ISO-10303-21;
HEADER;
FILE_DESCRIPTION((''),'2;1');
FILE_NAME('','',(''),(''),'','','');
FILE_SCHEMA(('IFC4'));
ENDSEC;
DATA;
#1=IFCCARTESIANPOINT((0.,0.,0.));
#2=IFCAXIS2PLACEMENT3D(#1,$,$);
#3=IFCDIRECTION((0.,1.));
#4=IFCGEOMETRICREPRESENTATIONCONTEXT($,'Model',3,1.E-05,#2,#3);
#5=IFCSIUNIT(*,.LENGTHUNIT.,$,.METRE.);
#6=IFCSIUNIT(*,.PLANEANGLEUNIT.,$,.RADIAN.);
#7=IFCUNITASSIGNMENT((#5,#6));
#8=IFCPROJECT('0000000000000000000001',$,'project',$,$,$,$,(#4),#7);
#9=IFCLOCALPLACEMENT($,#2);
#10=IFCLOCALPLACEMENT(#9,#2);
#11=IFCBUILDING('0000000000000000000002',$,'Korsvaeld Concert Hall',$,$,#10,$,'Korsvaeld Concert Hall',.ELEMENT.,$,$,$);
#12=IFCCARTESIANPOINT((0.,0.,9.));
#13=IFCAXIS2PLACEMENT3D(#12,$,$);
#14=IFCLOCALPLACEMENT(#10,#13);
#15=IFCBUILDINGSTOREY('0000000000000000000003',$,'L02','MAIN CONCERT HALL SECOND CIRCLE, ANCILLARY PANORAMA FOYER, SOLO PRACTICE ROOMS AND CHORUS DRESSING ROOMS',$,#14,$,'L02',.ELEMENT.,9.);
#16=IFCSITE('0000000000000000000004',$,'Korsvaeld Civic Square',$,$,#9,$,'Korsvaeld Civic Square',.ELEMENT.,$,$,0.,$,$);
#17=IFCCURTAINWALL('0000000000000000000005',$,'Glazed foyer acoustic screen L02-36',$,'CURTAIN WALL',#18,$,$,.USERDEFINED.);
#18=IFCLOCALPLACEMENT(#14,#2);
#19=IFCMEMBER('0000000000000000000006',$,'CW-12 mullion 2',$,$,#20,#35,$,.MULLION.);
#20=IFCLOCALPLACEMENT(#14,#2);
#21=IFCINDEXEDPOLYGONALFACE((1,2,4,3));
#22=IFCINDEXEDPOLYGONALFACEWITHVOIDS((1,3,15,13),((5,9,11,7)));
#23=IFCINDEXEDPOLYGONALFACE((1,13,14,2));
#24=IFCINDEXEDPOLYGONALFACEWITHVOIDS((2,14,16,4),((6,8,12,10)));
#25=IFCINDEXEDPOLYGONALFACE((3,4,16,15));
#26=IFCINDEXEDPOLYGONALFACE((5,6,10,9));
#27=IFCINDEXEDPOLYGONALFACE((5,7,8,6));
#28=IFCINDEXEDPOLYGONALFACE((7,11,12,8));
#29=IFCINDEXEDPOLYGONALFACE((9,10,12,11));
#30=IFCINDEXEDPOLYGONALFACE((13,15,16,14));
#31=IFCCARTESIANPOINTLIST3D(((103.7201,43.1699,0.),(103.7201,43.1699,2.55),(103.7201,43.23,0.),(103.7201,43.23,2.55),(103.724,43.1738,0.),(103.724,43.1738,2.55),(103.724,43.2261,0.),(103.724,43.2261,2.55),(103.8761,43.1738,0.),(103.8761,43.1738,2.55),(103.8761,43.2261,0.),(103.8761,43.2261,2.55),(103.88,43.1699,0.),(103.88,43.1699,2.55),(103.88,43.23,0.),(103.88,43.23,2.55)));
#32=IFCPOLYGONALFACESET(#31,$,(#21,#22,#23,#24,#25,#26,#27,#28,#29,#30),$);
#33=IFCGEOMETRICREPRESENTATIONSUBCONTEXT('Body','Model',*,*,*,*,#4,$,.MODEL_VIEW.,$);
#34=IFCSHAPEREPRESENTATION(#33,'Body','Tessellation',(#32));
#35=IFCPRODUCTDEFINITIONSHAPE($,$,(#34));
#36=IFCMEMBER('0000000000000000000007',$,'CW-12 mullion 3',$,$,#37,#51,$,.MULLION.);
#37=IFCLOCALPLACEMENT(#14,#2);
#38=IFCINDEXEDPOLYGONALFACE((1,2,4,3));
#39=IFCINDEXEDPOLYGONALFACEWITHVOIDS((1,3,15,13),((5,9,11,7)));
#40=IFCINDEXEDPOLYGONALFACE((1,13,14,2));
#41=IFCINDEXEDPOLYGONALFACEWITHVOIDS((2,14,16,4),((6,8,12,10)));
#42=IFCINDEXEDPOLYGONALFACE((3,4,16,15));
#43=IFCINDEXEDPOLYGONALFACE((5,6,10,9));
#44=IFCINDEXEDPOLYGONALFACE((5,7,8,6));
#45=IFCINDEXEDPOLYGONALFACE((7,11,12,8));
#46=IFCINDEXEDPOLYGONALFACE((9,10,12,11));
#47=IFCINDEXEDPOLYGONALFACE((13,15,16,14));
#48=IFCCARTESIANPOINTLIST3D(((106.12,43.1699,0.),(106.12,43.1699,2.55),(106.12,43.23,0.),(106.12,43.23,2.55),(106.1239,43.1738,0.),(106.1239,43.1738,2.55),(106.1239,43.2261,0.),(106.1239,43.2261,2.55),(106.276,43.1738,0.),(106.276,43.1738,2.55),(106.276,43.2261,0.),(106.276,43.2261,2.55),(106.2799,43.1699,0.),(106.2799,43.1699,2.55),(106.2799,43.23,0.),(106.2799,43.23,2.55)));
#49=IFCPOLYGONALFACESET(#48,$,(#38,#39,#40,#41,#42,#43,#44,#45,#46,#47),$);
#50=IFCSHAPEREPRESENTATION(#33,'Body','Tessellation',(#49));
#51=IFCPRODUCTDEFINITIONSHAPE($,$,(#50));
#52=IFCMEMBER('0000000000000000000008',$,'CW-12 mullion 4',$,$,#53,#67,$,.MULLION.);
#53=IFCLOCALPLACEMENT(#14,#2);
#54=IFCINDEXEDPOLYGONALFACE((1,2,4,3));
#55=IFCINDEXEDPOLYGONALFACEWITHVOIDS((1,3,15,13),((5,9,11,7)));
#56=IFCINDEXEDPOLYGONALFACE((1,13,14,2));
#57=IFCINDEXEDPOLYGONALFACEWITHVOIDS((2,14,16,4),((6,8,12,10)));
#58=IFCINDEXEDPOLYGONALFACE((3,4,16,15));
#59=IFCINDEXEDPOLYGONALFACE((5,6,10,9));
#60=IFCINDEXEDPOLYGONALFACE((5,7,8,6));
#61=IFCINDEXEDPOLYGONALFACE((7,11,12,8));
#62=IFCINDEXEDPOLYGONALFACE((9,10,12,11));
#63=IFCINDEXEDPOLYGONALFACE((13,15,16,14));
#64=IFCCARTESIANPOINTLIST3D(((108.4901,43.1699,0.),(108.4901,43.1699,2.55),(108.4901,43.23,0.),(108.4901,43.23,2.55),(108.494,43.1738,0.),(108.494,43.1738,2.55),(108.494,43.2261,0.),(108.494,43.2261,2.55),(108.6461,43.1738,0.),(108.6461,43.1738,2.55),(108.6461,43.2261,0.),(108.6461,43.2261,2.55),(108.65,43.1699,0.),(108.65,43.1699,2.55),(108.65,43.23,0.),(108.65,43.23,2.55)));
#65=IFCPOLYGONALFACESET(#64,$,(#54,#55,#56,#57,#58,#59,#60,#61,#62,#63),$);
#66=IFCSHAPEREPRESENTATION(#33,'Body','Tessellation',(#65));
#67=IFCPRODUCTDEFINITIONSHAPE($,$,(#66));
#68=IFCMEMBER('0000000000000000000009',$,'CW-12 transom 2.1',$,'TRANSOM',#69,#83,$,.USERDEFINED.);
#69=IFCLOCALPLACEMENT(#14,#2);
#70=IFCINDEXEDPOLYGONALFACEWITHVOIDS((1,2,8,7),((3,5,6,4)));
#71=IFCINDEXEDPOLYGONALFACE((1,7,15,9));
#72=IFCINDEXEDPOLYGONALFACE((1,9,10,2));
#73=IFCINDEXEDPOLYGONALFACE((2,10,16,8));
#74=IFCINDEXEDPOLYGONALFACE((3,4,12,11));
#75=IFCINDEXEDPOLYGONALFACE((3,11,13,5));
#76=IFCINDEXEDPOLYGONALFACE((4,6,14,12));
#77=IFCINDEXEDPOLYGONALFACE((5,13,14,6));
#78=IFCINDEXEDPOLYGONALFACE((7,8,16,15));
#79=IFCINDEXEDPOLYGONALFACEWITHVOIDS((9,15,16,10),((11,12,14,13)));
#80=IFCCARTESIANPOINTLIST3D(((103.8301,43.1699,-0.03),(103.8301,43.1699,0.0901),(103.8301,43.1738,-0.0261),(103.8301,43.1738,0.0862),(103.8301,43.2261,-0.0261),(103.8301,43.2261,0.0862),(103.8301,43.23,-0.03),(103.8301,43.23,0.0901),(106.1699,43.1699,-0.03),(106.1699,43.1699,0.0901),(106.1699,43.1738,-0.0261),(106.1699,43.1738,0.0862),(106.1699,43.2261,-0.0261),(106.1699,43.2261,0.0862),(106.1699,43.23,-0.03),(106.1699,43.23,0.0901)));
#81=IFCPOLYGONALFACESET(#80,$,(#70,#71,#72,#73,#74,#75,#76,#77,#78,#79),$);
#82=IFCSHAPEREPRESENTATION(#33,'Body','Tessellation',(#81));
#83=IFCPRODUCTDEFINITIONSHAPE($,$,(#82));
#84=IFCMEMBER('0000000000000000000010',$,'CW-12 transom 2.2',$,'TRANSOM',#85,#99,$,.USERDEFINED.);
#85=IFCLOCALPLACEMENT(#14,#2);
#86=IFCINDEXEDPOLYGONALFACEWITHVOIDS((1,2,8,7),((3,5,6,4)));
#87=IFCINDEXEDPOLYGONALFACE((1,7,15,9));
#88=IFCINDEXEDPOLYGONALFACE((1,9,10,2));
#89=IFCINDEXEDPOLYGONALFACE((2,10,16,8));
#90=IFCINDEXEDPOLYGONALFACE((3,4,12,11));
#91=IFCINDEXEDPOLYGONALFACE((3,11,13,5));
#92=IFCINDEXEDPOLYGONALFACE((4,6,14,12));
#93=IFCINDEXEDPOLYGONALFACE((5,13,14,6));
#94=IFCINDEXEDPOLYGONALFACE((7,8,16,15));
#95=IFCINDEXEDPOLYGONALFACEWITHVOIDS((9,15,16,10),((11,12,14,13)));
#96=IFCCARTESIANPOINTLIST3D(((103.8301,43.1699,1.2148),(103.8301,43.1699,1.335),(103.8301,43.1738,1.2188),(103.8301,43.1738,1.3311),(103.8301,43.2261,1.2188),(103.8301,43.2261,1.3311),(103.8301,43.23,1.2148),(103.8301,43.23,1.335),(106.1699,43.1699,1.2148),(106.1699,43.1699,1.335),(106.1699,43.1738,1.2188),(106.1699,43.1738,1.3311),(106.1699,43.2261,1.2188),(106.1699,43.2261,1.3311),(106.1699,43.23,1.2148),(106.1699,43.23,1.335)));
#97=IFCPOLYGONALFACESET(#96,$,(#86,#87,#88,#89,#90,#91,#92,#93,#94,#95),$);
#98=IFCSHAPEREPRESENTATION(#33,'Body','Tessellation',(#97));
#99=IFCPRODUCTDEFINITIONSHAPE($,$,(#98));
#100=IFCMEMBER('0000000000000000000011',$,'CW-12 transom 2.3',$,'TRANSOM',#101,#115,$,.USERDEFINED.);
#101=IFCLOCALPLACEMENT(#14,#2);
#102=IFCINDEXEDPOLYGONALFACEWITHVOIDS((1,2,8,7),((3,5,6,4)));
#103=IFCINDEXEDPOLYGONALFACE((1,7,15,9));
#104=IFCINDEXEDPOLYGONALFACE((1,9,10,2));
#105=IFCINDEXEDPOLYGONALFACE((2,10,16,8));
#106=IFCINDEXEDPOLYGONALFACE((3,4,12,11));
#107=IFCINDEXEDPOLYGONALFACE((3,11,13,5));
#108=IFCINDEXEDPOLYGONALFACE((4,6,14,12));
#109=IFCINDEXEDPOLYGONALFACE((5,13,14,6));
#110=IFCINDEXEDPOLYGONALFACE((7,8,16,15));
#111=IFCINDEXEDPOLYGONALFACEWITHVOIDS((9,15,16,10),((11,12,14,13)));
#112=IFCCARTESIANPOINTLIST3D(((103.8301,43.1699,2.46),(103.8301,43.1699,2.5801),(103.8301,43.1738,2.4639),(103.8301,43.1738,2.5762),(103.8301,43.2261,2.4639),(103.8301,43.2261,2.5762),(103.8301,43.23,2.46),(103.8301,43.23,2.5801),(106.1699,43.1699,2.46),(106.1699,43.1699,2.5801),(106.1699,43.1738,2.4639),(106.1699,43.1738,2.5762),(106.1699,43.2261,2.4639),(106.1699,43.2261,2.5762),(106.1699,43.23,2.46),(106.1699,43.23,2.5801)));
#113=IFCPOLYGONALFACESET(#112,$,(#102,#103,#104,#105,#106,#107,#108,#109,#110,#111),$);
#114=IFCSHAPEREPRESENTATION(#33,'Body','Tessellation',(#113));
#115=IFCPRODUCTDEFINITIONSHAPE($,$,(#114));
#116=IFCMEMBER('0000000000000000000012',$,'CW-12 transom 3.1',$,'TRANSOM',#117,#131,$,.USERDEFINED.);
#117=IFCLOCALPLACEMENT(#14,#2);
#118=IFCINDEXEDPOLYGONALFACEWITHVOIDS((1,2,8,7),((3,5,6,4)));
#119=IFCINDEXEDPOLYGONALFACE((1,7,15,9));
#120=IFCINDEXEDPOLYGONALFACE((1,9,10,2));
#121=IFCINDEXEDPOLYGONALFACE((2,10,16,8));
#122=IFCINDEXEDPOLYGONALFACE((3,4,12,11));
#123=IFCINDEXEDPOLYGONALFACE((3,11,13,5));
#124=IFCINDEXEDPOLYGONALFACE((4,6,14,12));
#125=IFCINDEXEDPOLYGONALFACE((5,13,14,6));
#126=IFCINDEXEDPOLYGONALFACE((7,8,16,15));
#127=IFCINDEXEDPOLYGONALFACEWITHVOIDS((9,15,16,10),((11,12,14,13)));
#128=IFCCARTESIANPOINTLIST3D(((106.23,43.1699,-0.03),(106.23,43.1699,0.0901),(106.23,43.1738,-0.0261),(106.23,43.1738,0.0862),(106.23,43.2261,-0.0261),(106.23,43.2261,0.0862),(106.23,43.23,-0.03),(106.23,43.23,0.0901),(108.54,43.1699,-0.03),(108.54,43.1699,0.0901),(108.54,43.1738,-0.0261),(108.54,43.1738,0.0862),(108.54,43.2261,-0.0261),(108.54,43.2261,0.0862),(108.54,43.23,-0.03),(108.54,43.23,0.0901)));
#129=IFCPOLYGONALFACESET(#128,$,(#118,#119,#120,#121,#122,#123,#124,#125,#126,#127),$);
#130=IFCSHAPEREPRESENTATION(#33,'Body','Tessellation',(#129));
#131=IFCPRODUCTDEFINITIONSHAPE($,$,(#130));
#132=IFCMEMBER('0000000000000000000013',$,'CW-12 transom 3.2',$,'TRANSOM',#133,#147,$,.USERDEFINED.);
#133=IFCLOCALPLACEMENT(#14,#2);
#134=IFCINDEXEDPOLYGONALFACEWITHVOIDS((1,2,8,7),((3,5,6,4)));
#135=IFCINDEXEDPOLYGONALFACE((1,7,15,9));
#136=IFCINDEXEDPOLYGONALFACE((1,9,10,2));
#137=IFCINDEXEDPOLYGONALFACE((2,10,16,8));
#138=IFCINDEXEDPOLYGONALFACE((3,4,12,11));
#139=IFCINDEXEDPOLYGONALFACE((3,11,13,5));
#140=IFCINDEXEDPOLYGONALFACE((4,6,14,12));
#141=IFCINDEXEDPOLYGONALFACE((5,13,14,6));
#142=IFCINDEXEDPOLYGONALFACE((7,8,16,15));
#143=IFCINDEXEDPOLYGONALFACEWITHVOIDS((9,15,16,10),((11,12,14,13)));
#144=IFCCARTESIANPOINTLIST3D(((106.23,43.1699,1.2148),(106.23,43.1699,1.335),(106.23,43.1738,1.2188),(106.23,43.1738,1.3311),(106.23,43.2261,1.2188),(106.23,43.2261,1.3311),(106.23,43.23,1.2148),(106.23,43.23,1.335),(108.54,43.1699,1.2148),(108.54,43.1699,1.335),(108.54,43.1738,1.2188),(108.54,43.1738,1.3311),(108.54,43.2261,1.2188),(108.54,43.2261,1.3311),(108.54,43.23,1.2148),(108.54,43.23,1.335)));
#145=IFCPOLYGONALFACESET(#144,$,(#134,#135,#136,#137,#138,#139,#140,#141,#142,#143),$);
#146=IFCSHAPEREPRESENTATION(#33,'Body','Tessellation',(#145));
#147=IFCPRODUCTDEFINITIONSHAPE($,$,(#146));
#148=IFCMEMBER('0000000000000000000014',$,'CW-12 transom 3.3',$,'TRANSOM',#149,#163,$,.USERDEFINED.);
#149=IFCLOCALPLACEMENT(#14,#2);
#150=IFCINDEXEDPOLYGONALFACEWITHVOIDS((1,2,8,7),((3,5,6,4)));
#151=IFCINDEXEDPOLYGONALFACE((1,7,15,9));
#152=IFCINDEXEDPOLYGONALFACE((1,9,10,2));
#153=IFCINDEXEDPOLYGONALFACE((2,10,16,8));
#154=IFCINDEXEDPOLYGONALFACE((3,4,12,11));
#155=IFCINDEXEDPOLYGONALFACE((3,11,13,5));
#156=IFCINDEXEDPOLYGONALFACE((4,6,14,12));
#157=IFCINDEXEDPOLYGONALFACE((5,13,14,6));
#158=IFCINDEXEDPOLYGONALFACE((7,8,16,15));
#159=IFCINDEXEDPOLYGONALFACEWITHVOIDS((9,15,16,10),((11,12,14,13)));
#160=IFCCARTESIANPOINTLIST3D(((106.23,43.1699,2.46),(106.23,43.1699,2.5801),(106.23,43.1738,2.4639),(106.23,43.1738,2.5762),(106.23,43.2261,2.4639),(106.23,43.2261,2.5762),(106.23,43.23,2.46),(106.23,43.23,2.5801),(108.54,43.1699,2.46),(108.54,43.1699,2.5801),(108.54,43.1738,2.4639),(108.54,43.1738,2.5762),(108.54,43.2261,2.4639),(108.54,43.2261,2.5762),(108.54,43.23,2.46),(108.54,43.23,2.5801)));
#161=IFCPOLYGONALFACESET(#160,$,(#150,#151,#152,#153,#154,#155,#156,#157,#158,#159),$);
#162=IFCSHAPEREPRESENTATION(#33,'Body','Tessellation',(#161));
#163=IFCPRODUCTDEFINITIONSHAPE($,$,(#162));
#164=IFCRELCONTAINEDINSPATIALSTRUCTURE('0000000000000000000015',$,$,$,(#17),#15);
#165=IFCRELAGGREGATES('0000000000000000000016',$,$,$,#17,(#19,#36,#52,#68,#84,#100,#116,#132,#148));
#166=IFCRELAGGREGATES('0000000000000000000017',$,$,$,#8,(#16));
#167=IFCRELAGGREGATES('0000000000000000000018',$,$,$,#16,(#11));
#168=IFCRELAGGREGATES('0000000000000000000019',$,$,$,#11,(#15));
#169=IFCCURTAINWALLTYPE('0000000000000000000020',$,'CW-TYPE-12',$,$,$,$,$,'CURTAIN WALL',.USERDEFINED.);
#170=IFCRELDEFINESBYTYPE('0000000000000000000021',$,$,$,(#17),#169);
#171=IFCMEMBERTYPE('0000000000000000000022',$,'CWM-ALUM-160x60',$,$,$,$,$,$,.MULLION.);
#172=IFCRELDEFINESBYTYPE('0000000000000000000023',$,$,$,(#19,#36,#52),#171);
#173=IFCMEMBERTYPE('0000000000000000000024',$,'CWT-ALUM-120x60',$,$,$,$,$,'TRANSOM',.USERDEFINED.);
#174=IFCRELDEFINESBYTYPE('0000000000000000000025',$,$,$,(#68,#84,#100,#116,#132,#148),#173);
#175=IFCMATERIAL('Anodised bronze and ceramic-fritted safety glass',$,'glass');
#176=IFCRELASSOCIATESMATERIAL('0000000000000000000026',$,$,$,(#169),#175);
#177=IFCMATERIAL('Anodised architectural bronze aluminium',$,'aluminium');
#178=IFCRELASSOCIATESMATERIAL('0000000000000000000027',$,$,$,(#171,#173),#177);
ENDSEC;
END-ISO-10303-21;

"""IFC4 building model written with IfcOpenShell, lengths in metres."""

from ifc_helpers import new_model, si_unit, direction, frame, origin, origin_2d, place, context, subcontext, project, spatial, hollow_rectangle, extrude, material, material_profile, profile_set, type_object, element, aggregate, save


model = new_model("IFC4")

# Units and contexts
model_context = context("Model", 3, precision=1e-05, world=origin(), true_north=direction((0.0, 1.0)))
body_context = subcontext(model_context, "Body", "Model", "MODEL_VIEW")
ifc_project = project(units=[si_unit("LENGTHUNIT", "METRE"), si_unit("PLANEANGLEUNIT", "RADIAN")], contexts=[model_context])

# Site, building, storey
site_placement = place(None, origin())
site = spatial("IfcSite", under=ifc_project, at=site_placement, Name="Korsvaeld Civic Square", LongName="Korsvaeld Civic Square", CompositionType="ELEMENT", RefElevation=0.0)
building_placement = place(site_placement, origin())
building = spatial("IfcBuilding", under=site, at=building_placement, Name="Korsvaeld Concert Hall", LongName="Korsvaeld Concert Hall", CompositionType="ELEMENT")
storey_placement = place(building_placement, frame((0.0, 0.0, 9.0)))
storey = spatial("IfcBuildingStorey", under=building, at=storey_placement, Name="L02", Description="MAIN CONCERT HALL SECOND CIRCLE, ANCILLARY PANORAMA FOYER, SOLO PRACTICE ROOMS AND CHORUS DRESSING ROOMS", LongName="L02", CompositionType="ELEMENT", Elevation=9.0)

# Curtain wall, members
ifc_material_1 = material(Name="Anodised bronze and ceramic-fritted safety glass", Category="glass")
curtain_wall_type = type_object("IfcCurtainWallType", Name="CW-TYPE-12", ElementType="CURTAIN WALL", PredefinedType="USERDEFINED", material=ifc_material_1)
curtain_wall_placement = place(storey_placement, origin())
curtain_wall = element("IfcCurtainWall", 1, at=curtain_wall_placement, inside=storey, type_object=curtain_wall_type, Name="Glazed foyer acoustic screen L02-36", ObjectType="CURTAIN WALL", PredefinedType="USERDEFINED")
ifc_material_2 = material(Name="Anodised architectural bronze aluminium", Category="aluminium")
ifc_material_profile_1 = material_profile(ifc_material_2, hollow_rectangle(XDim=0.0601, YDim=0.1599, WallThickness=0.0039, at=origin_2d()), Name="CWM 160x60x4")
ifc_profile_set_1 = profile_set([ifc_material_profile_1], Name="Anodised architectural bronze aluminium")
member_type_1 = type_object("IfcMemberType", Name="CWM-ALUM-160x60", PredefinedType="MULLION", material=ifc_profile_set_1)
member_1_placement = place(storey_placement, frame((103.8, 43.2, 0.0), z_axis=(0.0, 0.0, 1.0), x_axis=(0.0, 1.0, 0.0)))
member_1 = element("IfcMember", 2, at=member_1_placement, type_object=member_type_1, Name="CW-12 mullion 2", PredefinedType="MULLION", context=body_context, shape_type="SweptSolid", body=[
    extrude(hollow_rectangle(XDim=0.0601, YDim=0.1599, WallThickness=0.0039, at=origin_2d()), origin(), (0.0, 0.0, 1.0), 2.55),
])
member_2_placement = place(storey_placement, frame((106.2, 43.2, 0.0), z_axis=(0.0, 0.0, 1.0), x_axis=(0.0, 1.0, 0.0)))
member_2 = element("IfcMember", 3, at=member_2_placement, type_object=member_type_1, Name="CW-12 mullion 3", PredefinedType="MULLION", context=body_context, shape_type="SweptSolid", body=[
    extrude(hollow_rectangle(XDim=0.0601, YDim=0.1599, WallThickness=0.0039, at=origin_2d()), origin(), (0.0, 0.0, 1.0), 2.55),
])
member_3_placement = place(storey_placement, frame((108.5701, 43.2, 0.0), z_axis=(0.0, 0.0, 1.0), x_axis=(0.0, 1.0, 0.0)))
member_3 = element("IfcMember", 4, at=member_3_placement, type_object=member_type_1, Name="CW-12 mullion 4", PredefinedType="MULLION", context=body_context, shape_type="SweptSolid", body=[
    extrude(hollow_rectangle(XDim=0.0601, YDim=0.1599, WallThickness=0.0039, at=origin_2d()), origin(), (0.0, 0.0, 1.0), 2.55),
])
ifc_material_profile_2 = material_profile(ifc_material_2, hollow_rectangle(XDim=0.0601, YDim=0.1201, WallThickness=0.0039, at=origin_2d()), Name="CWT 120x60x4")
ifc_profile_set_2 = profile_set([ifc_material_profile_2], Name="Anodised architectural bronze aluminium")
member_type_2 = type_object("IfcMemberType", Name="CWT-ALUM-120x60", ElementType="TRANSOM", PredefinedType="USERDEFINED", material=ifc_profile_set_2)
member_4_placement = place(storey_placement, frame((103.8301, 43.2, 0.03), z_axis=(1.0, 0.0, 0.0), x_axis=(0.0, 1.0, 0.0)))
member_4 = element("IfcMember", 5, at=member_4_placement, type_object=member_type_2, Name="CW-12 transom 2.1", ObjectType="TRANSOM", PredefinedType="USERDEFINED", context=body_context, shape_type="SweptSolid", body=[
    extrude(hollow_rectangle(XDim=0.0601, YDim=0.1201, WallThickness=0.0039, at=origin_2d()), origin(), (0.0, 0.0, 1.0), 2.3398),
])
member_5_placement = place(storey_placement, frame((103.8301, 43.2, 1.2749), z_axis=(1.0, 0.0, 0.0), x_axis=(0.0, 1.0, 0.0)))
member_5 = element("IfcMember", 6, at=member_5_placement, type_object=member_type_2, Name="CW-12 transom 2.2", ObjectType="TRANSOM", PredefinedType="USERDEFINED", context=body_context, shape_type="SweptSolid", body=[
    extrude(hollow_rectangle(XDim=0.0601, YDim=0.1201, WallThickness=0.0039, at=origin_2d()), origin(), (0.0, 0.0, 1.0), 2.3398),
])
member_6_placement = place(storey_placement, frame((103.8301, 43.2, 2.52), z_axis=(1.0, 0.0, 0.0), x_axis=(0.0, 1.0, 0.0)))
member_6 = element("IfcMember", 7, at=member_6_placement, type_object=member_type_2, Name="CW-12 transom 2.3", ObjectType="TRANSOM", PredefinedType="USERDEFINED", context=body_context, shape_type="SweptSolid", body=[
    extrude(hollow_rectangle(XDim=0.0601, YDim=0.1201, WallThickness=0.0039, at=origin_2d()), origin(), (0.0, 0.0, 1.0), 2.3398),
])
member_7_placement = place(storey_placement, frame((106.23, 43.2, 0.03), z_axis=(1.0, 0.0, 0.0), x_axis=(0.0, 1.0, 0.0)))
member_7 = element("IfcMember", 8, at=member_7_placement, type_object=member_type_2, Name="CW-12 transom 3.1", ObjectType="TRANSOM", PredefinedType="USERDEFINED", context=body_context, shape_type="SweptSolid", body=[
    extrude(hollow_rectangle(XDim=0.0601, YDim=0.1201, WallThickness=0.0039, at=origin_2d()), origin(), (0.0, 0.0, 1.0), 2.3101),
])
member_8_placement = place(storey_placement, frame((106.23, 43.2, 1.2749), z_axis=(1.0, 0.0, 0.0), x_axis=(0.0, 1.0, 0.0)))
member_8 = element("IfcMember", 9, at=member_8_placement, type_object=member_type_2, Name="CW-12 transom 3.2", ObjectType="TRANSOM", PredefinedType="USERDEFINED", context=body_context, shape_type="SweptSolid", body=[
    extrude(hollow_rectangle(XDim=0.0601, YDim=0.1201, WallThickness=0.0039, at=origin_2d()), origin(), (0.0, 0.0, 1.0), 2.3101),
])
member_9_placement = place(storey_placement, frame((106.23, 43.2, 2.52), z_axis=(1.0, 0.0, 0.0), x_axis=(0.0, 1.0, 0.0)))
member_9 = element("IfcMember", 10, at=member_9_placement, type_object=member_type_2, Name="CW-12 transom 3.3", ObjectType="TRANSOM", PredefinedType="USERDEFINED", context=body_context, shape_type="SweptSolid", body=[
    extrude(hollow_rectangle(XDim=0.0601, YDim=0.1201, WallThickness=0.0039, at=origin_2d()), origin(), (0.0, 0.0, 1.0), 2.3101),
])

aggregate(curtain_wall, [member_1, member_2, member_3, member_4, member_5, member_6, member_7, member_8, member_9])

save(model, "model.ifc")
